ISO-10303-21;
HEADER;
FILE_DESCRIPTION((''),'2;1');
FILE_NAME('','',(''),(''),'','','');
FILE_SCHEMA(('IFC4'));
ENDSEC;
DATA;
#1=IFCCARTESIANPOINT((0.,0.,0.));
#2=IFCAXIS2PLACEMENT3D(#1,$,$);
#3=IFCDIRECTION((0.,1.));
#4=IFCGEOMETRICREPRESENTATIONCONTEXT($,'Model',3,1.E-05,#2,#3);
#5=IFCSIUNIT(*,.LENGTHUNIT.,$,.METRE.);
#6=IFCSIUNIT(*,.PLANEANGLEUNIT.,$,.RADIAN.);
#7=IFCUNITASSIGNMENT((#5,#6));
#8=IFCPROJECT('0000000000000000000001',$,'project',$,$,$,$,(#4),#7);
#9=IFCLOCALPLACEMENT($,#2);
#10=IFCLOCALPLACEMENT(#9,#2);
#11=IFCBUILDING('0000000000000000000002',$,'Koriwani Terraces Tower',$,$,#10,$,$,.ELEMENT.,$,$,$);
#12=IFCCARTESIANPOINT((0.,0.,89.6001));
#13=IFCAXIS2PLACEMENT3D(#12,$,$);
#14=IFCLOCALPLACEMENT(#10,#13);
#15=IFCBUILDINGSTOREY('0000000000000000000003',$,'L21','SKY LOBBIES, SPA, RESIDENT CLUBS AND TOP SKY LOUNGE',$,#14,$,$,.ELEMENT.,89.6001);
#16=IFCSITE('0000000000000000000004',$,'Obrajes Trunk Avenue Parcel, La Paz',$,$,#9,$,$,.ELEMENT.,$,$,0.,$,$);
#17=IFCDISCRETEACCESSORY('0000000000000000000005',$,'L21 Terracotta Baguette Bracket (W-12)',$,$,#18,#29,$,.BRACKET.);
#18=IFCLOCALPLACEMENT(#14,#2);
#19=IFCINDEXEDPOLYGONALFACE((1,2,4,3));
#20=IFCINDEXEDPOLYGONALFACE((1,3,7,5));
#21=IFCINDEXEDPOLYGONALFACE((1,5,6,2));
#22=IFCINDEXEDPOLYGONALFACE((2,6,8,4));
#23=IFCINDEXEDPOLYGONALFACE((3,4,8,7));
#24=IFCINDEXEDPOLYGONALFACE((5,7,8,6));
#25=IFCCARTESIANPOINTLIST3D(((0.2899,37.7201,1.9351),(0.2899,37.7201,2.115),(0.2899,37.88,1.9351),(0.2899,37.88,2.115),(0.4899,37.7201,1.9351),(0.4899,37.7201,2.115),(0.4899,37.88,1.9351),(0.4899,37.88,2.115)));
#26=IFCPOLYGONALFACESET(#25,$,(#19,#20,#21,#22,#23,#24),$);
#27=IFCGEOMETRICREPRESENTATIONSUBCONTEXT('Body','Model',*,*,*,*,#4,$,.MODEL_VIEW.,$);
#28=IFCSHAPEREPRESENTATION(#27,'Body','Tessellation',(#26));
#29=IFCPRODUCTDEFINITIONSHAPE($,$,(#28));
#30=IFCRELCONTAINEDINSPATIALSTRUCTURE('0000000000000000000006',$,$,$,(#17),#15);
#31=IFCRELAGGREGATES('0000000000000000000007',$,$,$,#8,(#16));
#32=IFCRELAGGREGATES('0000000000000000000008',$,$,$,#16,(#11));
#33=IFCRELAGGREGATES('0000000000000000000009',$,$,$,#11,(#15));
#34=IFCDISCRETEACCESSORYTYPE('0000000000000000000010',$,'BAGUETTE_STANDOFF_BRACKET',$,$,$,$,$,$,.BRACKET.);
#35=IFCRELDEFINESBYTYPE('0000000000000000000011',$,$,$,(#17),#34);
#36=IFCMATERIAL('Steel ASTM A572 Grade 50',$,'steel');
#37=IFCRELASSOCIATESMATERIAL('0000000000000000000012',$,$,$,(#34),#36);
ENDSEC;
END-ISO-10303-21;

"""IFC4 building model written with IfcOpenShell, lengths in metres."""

from ifc_helpers import new_model, si_unit, direction, frame, origin, origin_2d, place, context, subcontext, project, spatial, rectangle, extrude, material, type_object, element, save


model = new_model("IFC4")

# Units and contexts
model_context = context("Model", 3, precision=1e-05, world=origin(), true_north=direction((0.0, 1.0)))
body_context = subcontext(model_context, "Body", "Model", "MODEL_VIEW")
ifc_project = project(units=[si_unit("LENGTHUNIT", "METRE"), si_unit("PLANEANGLEUNIT", "RADIAN")], contexts=[model_context])

# Site, building, storey
site_placement = place(None, origin())
site = spatial("IfcSite", under=ifc_project, at=site_placement, Name="Obrajes Trunk Avenue Parcel, La Paz", CompositionType="ELEMENT", RefElevation=0.0)
building_placement = place(site_placement, origin())
building = spatial("IfcBuilding", under=site, at=building_placement, Name="Koriwani Terraces Tower", CompositionType="ELEMENT")
storey_placement = place(building_placement, frame((0.0, 0.0, 89.6001)))
storey = spatial("IfcBuildingStorey", under=building, at=storey_placement, Name="L21", Description="SKY LOBBIES, SPA, RESIDENT CLUBS AND TOP SKY LOUNGE", CompositionType="ELEMENT", Elevation=89.6001)

# Shared definitions
ifc_material_1 = material(Name="Steel ASTM A572 Grade 50", Category="steel")

# Discrete accessory
discrete_accessory_type = type_object("IfcDiscreteAccessoryType", Name="BAGUETTE_STANDOFF_BRACKET", PredefinedType="BRACKET", material=ifc_material_1)
discrete_accessory_placement = place(storey_placement, frame((0.3899, 37.8, 1.9351), z_axis=(0.0, 0.0, 1.0), x_axis=(0.0, 1.0, 0.0)))
element("IfcDiscreteAccessory", 1, at=discrete_accessory_placement, inside=storey, type_object=discrete_accessory_type, Name="L21 Terracotta Baguette Bracket (W-12)", PredefinedType="BRACKET", context=body_context, shape_type="SweptSolid", body=[
    extrude(rectangle(XDim=0.1599, YDim=0.2, at=origin_2d()), origin(), (0.0, 0.0, 1.0), 0.1799),
])

save(model, "model.ifc")
